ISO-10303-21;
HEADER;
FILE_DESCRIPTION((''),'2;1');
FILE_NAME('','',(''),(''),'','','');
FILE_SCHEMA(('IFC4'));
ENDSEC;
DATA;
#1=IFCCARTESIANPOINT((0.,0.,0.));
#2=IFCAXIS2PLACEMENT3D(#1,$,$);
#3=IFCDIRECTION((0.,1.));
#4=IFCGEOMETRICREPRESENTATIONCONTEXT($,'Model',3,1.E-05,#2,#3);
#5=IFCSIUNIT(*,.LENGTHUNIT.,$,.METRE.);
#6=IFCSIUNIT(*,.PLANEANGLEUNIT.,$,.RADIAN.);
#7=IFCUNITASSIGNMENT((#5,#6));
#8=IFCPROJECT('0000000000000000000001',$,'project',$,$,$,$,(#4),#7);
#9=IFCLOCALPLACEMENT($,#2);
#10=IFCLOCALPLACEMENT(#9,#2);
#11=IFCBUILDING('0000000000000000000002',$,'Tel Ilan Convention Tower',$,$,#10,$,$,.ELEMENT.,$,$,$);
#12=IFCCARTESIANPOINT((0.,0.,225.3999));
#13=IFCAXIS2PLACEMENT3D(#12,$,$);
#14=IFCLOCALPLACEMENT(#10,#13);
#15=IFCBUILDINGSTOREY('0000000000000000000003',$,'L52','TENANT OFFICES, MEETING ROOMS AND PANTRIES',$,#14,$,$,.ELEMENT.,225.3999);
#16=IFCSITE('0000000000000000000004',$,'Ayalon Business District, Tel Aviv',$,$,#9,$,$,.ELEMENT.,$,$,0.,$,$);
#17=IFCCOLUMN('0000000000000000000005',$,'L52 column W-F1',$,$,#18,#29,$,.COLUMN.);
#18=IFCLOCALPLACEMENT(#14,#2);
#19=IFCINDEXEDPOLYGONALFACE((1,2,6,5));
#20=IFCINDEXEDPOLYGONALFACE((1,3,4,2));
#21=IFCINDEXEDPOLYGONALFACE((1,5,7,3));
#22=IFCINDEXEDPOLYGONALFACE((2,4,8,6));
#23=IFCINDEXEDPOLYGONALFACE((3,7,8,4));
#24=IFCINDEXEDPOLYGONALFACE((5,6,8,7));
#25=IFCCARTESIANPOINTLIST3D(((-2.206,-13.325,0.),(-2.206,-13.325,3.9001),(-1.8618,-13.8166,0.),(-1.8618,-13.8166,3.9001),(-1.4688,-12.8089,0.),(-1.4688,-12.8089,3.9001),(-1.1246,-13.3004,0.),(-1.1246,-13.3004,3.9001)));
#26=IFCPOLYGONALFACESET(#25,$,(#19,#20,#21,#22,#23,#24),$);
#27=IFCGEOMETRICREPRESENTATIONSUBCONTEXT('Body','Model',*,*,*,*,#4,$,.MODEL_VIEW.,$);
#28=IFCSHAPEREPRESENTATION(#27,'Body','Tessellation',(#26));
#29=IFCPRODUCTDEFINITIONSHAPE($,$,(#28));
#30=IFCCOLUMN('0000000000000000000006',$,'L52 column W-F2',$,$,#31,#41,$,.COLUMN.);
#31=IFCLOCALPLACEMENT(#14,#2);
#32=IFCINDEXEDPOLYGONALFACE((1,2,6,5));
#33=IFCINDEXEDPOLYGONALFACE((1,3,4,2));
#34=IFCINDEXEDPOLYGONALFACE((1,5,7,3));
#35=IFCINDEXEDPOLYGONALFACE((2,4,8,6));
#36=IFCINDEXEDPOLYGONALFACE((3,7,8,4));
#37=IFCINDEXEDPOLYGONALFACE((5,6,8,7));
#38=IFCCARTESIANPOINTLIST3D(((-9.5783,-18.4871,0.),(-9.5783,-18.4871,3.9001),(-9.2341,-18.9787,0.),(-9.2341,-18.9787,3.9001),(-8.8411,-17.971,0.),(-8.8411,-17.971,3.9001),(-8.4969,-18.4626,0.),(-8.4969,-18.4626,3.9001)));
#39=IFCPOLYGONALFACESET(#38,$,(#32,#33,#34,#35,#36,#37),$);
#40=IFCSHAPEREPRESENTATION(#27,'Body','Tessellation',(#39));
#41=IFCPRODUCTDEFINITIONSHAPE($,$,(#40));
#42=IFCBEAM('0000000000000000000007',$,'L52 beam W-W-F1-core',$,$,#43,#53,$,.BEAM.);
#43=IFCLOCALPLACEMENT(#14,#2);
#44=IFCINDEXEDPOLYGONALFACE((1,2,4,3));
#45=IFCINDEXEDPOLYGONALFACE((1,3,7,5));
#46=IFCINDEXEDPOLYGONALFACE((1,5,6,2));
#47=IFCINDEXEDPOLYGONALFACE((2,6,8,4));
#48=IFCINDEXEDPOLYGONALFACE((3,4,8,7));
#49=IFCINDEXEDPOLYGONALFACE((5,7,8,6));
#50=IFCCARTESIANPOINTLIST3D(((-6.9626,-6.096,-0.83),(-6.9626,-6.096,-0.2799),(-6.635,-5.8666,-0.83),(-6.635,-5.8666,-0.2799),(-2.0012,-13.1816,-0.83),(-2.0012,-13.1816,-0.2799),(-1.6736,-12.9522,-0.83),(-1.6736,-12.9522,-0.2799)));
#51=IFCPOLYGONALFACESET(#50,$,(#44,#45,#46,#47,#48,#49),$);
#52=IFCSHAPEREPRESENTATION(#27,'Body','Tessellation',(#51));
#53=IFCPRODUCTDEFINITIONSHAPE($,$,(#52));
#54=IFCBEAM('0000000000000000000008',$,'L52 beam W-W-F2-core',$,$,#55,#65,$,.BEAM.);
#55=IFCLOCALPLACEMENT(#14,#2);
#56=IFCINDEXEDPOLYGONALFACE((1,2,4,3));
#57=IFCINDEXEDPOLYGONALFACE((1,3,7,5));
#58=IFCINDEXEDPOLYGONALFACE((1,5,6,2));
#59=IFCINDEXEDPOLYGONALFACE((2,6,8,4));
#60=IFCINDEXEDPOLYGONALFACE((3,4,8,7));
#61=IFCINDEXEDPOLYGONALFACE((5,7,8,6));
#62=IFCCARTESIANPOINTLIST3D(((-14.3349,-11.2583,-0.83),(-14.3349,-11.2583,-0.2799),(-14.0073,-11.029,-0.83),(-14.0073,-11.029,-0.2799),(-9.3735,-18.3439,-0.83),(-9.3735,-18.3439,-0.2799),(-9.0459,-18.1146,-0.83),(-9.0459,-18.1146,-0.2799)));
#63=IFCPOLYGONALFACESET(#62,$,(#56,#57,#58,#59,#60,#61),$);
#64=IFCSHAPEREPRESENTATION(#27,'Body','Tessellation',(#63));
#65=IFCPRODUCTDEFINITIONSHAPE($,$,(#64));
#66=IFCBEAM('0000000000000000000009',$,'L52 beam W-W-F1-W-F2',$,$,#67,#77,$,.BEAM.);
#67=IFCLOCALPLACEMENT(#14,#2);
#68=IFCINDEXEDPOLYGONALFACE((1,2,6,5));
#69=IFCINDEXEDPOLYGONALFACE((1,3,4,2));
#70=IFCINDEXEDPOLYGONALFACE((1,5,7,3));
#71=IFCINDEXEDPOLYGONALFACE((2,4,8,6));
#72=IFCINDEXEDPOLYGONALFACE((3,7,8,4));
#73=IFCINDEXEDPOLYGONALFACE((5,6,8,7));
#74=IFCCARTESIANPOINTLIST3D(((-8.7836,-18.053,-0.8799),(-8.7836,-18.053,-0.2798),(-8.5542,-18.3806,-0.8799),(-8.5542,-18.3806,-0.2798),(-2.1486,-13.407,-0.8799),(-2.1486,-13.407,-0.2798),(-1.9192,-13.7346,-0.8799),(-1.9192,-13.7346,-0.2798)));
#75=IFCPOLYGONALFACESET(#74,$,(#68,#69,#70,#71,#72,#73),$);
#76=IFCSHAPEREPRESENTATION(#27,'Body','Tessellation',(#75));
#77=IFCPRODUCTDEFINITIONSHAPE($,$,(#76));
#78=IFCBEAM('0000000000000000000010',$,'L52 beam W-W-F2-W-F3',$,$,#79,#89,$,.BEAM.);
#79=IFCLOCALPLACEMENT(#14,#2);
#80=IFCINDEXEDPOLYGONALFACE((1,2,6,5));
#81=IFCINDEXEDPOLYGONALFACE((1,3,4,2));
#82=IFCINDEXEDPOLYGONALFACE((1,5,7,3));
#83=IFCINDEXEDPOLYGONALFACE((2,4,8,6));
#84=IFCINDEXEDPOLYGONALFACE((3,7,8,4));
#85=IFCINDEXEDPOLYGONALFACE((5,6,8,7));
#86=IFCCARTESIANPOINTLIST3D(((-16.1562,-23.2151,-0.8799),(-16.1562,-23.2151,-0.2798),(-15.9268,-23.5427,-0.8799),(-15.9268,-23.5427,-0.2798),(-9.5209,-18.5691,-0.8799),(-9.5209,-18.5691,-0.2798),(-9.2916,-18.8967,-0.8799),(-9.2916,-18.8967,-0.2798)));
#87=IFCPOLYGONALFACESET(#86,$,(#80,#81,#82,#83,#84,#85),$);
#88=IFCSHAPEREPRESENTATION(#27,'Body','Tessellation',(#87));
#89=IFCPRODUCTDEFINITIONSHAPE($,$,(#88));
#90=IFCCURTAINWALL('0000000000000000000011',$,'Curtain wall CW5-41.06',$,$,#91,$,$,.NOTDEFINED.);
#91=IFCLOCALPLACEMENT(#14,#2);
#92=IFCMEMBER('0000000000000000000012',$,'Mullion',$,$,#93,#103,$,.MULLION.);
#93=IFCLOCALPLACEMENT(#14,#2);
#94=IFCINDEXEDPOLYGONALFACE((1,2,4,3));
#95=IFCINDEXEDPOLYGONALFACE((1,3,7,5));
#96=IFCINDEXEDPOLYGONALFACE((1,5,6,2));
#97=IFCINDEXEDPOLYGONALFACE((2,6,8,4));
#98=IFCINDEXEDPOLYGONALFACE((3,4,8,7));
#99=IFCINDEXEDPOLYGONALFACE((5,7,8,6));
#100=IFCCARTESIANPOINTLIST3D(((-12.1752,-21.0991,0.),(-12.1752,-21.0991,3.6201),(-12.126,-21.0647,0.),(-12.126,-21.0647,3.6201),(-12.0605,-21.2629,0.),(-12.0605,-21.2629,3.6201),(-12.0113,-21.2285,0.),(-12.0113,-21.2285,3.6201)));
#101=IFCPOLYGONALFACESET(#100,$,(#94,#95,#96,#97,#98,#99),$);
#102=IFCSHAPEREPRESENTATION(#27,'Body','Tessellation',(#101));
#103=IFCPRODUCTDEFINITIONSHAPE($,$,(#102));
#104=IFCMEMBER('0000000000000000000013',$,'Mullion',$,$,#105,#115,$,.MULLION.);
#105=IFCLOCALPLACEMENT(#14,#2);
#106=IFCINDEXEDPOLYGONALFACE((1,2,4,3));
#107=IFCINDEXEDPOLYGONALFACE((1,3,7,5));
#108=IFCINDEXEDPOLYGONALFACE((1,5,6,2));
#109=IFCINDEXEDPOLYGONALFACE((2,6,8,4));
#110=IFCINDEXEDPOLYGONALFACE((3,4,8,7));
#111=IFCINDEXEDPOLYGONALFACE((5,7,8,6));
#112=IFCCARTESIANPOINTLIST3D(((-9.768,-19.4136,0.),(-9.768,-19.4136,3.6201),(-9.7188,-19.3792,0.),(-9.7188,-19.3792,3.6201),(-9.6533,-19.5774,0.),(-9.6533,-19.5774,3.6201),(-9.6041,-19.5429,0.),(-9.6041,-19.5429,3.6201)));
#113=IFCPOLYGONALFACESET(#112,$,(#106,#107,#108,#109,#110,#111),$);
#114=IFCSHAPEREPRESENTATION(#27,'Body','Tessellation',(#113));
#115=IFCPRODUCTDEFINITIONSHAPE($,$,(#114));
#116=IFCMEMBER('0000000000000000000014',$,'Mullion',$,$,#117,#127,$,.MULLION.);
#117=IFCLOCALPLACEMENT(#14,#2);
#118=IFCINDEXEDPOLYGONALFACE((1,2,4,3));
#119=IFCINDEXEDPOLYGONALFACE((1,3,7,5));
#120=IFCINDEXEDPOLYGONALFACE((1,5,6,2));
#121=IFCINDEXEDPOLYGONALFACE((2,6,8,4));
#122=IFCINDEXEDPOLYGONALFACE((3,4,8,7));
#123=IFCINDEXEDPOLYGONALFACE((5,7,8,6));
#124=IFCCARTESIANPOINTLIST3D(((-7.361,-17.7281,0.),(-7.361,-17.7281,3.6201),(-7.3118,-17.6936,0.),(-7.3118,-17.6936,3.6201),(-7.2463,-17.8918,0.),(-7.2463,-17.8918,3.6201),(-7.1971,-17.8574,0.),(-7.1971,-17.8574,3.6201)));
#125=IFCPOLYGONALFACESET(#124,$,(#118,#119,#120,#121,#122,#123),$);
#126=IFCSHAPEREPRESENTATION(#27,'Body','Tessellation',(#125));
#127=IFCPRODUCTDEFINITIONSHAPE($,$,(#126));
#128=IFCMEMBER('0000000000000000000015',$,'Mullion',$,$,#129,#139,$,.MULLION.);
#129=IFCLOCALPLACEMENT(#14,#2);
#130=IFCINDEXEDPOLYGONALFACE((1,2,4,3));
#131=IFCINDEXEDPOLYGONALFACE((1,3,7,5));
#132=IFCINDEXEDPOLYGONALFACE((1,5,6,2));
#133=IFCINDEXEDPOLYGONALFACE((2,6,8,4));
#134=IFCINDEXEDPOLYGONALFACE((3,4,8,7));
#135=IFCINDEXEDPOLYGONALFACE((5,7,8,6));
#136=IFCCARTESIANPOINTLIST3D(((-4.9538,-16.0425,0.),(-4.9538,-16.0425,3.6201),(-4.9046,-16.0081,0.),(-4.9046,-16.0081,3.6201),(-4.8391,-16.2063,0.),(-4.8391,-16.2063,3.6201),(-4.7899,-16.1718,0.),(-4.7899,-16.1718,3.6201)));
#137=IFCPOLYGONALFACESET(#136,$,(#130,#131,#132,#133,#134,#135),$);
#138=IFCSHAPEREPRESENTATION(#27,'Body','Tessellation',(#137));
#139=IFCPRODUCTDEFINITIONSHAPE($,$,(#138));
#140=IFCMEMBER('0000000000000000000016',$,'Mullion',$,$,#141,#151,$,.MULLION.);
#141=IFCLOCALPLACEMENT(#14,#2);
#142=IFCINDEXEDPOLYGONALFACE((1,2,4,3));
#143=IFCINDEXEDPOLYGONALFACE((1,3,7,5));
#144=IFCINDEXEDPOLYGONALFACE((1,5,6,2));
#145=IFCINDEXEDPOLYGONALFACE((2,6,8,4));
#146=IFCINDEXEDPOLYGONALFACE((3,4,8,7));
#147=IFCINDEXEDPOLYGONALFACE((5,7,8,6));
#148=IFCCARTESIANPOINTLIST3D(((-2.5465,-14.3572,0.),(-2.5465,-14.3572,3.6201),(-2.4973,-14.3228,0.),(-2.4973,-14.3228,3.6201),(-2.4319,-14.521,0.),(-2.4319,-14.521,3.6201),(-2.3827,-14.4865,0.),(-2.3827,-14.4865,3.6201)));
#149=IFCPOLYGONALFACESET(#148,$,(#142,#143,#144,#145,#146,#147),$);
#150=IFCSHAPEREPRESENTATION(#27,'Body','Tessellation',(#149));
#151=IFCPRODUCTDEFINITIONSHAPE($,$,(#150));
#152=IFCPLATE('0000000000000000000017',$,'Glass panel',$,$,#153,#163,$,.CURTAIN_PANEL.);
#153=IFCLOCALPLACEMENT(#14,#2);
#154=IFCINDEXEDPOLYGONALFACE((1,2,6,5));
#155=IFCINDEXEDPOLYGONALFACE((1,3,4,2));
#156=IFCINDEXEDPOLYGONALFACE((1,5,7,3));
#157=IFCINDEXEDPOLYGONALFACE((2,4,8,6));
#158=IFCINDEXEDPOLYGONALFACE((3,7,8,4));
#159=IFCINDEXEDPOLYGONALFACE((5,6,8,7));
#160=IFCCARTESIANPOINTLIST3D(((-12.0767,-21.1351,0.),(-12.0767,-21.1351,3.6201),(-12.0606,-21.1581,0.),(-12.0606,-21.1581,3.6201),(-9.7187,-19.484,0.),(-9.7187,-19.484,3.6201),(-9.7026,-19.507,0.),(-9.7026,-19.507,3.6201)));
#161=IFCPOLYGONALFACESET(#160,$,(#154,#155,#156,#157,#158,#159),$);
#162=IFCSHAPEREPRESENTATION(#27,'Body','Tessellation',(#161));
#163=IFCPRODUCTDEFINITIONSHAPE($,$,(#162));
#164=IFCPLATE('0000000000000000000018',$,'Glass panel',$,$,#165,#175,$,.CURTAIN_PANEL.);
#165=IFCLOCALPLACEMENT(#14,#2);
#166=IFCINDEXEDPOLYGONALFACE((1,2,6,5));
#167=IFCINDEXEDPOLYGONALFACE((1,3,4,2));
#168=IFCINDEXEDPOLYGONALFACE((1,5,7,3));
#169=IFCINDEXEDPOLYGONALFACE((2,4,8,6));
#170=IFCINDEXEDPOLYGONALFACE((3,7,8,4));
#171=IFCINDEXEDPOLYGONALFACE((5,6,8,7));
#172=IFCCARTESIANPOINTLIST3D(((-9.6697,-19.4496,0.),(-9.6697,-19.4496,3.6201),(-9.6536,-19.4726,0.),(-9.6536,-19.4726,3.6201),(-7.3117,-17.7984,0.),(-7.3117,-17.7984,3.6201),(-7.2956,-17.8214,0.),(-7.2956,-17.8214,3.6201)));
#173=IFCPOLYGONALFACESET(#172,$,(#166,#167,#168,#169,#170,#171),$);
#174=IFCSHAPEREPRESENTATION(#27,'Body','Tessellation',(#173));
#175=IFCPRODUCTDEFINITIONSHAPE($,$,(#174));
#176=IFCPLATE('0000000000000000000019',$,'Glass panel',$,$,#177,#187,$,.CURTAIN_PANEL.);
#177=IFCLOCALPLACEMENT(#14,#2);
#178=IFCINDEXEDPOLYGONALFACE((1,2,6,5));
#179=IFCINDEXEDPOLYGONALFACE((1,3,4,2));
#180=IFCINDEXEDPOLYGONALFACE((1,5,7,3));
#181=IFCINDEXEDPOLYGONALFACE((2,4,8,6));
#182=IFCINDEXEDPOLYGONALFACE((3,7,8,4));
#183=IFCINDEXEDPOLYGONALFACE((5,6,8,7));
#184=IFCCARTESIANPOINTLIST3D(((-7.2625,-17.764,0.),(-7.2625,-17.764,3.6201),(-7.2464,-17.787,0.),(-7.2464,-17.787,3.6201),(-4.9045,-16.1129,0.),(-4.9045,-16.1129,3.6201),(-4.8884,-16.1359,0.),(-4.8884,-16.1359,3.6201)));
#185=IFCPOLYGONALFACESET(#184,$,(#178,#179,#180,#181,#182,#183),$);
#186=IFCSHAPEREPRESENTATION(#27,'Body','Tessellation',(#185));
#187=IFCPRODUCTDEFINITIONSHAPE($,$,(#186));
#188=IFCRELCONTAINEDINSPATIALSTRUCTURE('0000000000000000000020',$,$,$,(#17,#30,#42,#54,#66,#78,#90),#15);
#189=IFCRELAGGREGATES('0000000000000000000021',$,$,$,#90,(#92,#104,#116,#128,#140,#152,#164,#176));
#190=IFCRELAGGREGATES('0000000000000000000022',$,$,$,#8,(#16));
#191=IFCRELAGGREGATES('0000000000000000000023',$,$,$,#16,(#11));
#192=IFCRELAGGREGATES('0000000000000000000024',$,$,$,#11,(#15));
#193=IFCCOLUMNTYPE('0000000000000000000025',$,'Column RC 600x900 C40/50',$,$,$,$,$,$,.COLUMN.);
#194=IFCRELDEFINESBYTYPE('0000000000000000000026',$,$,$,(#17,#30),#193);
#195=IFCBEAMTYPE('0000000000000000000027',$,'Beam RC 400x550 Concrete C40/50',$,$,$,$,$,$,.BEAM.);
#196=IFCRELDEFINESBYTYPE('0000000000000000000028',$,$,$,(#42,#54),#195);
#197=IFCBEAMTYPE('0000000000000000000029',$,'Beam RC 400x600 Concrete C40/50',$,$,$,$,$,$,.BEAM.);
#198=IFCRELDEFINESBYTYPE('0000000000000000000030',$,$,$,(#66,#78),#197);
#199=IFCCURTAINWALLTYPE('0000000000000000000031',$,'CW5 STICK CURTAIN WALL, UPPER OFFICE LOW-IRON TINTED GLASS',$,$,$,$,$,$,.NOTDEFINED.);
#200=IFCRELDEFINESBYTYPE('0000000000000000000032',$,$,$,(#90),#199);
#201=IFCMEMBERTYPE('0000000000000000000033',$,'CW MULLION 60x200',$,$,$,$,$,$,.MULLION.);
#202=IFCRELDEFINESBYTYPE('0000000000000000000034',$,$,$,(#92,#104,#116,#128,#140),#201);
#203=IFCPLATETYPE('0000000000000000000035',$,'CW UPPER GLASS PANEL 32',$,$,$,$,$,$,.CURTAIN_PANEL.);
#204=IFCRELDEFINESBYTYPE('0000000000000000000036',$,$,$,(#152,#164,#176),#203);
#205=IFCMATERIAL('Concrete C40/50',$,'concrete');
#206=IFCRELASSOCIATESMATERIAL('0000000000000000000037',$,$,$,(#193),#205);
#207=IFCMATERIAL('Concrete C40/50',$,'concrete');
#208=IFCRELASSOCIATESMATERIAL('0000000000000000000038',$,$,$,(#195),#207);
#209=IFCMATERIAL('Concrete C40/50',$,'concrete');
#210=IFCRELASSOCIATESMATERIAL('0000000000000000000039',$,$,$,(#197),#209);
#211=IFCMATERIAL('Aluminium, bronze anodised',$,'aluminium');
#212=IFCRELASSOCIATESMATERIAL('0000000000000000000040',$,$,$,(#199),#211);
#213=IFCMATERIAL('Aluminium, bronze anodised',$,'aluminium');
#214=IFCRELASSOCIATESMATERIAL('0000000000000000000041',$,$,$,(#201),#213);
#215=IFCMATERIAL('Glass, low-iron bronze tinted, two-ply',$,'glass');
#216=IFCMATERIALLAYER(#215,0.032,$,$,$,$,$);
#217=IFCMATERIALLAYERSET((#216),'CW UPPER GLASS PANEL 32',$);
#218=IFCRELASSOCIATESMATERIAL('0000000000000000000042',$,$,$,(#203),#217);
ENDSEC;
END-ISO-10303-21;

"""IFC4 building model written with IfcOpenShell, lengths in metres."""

from ifc_helpers import new_model, si_unit, direction, frame, origin, origin_2d, place, context, subcontext, project, spatial, rectangle, extrude, material, layer, layer_set, material_profile, profile_set, type_object, element, aggregate, save


model = new_model("IFC4")

# Units and contexts
model_context = context("Model", 3, precision=1e-05, world=origin(), true_north=direction((0.0, 1.0)))
body_context = subcontext(model_context, "Body", "Model", "MODEL_VIEW")
ifc_project = project(units=[si_unit("LENGTHUNIT", "METRE"), si_unit("PLANEANGLEUNIT", "RADIAN")], contexts=[model_context])

# Site, building, storey
site_placement = place(None, origin())
site = spatial("IfcSite", under=ifc_project, at=site_placement, Name="Ayalon Business District, Tel Aviv", CompositionType="ELEMENT", RefElevation=0.0)
building_placement = place(site_placement, origin())
building = spatial("IfcBuilding", under=site, at=building_placement, Name="Tel Ilan Convention Tower", CompositionType="ELEMENT")
storey_placement = place(building_placement, frame((0.0, 0.0, 225.3999)))
storey = spatial("IfcBuildingStorey", under=building, at=storey_placement, Name="L52", Description="TENANT OFFICES, MEETING ROOMS AND PANTRIES", CompositionType="ELEMENT", Elevation=225.3999)

# Columns
ifc_material_1 = material(Name="Concrete C40/50", Category="concrete")
ifc_material_profile_1 = material_profile(ifc_material_1, rectangle(XDim=0.8999, YDim=0.6001, at=origin_2d()), Name="RC 600x900")
ifc_profile_set_1 = profile_set([ifc_material_profile_1], Name="Concrete C40/50")
column_type = type_object("IfcColumnType", Name="Column RC 600x900 C40/50", PredefinedType="COLUMN", material=ifc_profile_set_1)
for number, where, z_axis, x_axis, name in (
    (1, (-1.6653, -13.3127, 0.0), (0.0, 0.0, 1.0), (-0.819152, -0.573576, 0.0), "L52 column W-F1"),
    (2, (-9.0376, -18.4749, 0.0), (0.0, 0.0, 1.0), (-0.819152, -0.573576, 0.0), "L52 column W-F2"),
):
    element("IfcColumn", number, at=place(storey_placement, frame(where, z_axis=z_axis, x_axis=x_axis)), inside=storey, type_object=column_type, Name=name, PredefinedType="COLUMN", context=body_context, shape_type="SweptSolid", body=[
        extrude(rectangle(XDim=0.8999, YDim=0.6001, at=origin_2d()), origin(), (0.0, 0.0, 1.0), 3.9001),
    ])

# Beams
ifc_material_2 = material(Name="Concrete C40/50", Category="concrete")
ifc_material_profile_2 = material_profile(ifc_material_2, rectangle(XDim=0.3999, YDim=0.55, at=origin_2d()), Name="RC 400x550")
ifc_profile_set_2 = profile_set([ifc_material_profile_2], Name="Concrete C40/50")
beam_type_1 = type_object("IfcBeamType", Name="Beam RC 400x550 Concrete C40/50", PredefinedType="BEAM", material=ifc_profile_set_2)
for number, where, z_axis, x_axis, name in (
    (3, (-1.8374, -13.0669, -0.5549), (-0.573574, 0.819154, 0.0), (-0.819154, -0.573574, 0.0), "L52 beam W-W-F1-core"),
    (4, (-9.2097, -18.2292, -0.5549), (-0.573574, 0.819154, 0.0), (-0.819154, -0.573574, 0.0), "L52 beam W-W-F2-core"),
):
    element("IfcBeam", number, at=place(storey_placement, frame(where, z_axis=z_axis, x_axis=x_axis)), inside=storey, type_object=beam_type_1, Name=name, PredefinedType="BEAM", context=body_context, shape_type="SweptSolid", body=[
        extrude(rectangle(XDim=0.3999, YDim=0.55, at=origin_2d()), origin(), (0.0, 0.0, 1.0), 8.6499),
    ])
ifc_material_3 = material(Name="Concrete C40/50", Category="concrete")
ifc_material_profile_3 = material_profile(ifc_material_3, rectangle(XDim=0.3999, YDim=0.6001, at=origin_2d()), Name="RC 400x600")
ifc_profile_set_3 = profile_set([ifc_material_profile_3], Name="Concrete C40/50")
beam_type_2 = type_object("IfcBeamType", Name="Beam RC 400x600 Concrete C40/50", PredefinedType="BEAM", material=ifc_profile_set_3)
beam_1_placement = place(storey_placement, frame((-2.0339, -13.5708, -0.5798), z_axis=(-0.819146, -0.573586, 0.0), x_axis=(0.573586, -0.819146, 0.0)))
element("IfcBeam", 5, at=beam_1_placement, inside=storey, type_object=beam_type_2, Name="L52 beam W-W-F1-W-F2", PredefinedType="BEAM", context=body_context, shape_type="SweptSolid", body=[
    extrude(rectangle(XDim=0.3999, YDim=0.6001, at=origin_2d()), origin(), (0.0, 0.0, 1.0), 8.0999),
])
beam_2_placement = place(storey_placement, frame((-9.4062, -18.7329, -0.5798), z_axis=(-0.819155, -0.573572, 0.0), x_axis=(0.573572, -0.819155, 0.0)))
element("IfcBeam", 6, at=beam_2_placement, inside=storey, type_object=beam_type_2, Name="L52 beam W-W-F2-W-F3", PredefinedType="BEAM", context=body_context, shape_type="SweptSolid", body=[
    extrude(rectangle(XDim=0.3999, YDim=0.6001, at=origin_2d()), origin(), (0.0, 0.0, 1.0), 8.1001),
])

# Curtain wall, members, plates
ifc_material_4 = material(Name="Aluminium, bronze anodised", Category="aluminium")
curtain_wall_type = type_object("IfcCurtainWallType", Name="CW5 STICK CURTAIN WALL, UPPER OFFICE LOW-IRON TINTED GLASS", PredefinedType="NOTDEFINED", material=ifc_material_4)
curtain_wall_placement = place(storey_placement, origin())
curtain_wall = element("IfcCurtainWall", 7, at=curtain_wall_placement, inside=storey, type_object=curtain_wall_type, Name="Curtain wall CW5-41.06", PredefinedType="NOTDEFINED")
ifc_material_5 = material(Name="Aluminium, bronze anodised", Category="aluminium")
ifc_material_profile_4 = material_profile(ifc_material_5, rectangle(XDim=0.0601, YDim=0.2, at=origin_2d()), Name="CW MULLION 60x200")
ifc_profile_set_4 = profile_set([ifc_material_profile_4], Name="Aluminium, bronze anodised")
member_type = type_object("IfcMemberType", Name="CW MULLION 60x200", PredefinedType="MULLION", material=ifc_profile_set_4)
member_1_placement = place(storey_placement, frame((-12.0933, -21.1638, 0.0), z_axis=(0.0, 0.0, 1.0), x_axis=(0.819152, 0.573576, 0.0)))
member_1 = element("IfcMember", 8, at=member_1_placement, type_object=member_type, Name="Mullion", PredefinedType="MULLION", context=body_context, shape_type="SweptSolid", body=[
    extrude(rectangle(XDim=0.0601, YDim=0.2, at=origin_2d()), origin(), (0.0, 0.0, 1.0), 3.6201),
])
member_2_placement = place(storey_placement, frame((-9.686, -19.4783, 0.0), z_axis=(0.0, 0.0, 1.0), x_axis=(0.819152, 0.573576, 0.0)))
member_2 = element("IfcMember", 9, at=member_2_placement, type_object=member_type, Name="Mullion", PredefinedType="MULLION", context=body_context, shape_type="SweptSolid", body=[
    extrude(rectangle(XDim=0.0601, YDim=0.2, at=origin_2d()), origin(), (0.0, 0.0, 1.0), 3.6201),
])
member_3_placement = place(storey_placement, frame((-7.2791, -17.7927, 0.0), z_axis=(0.0, 0.0, 1.0), x_axis=(0.819152, 0.573576, 0.0)))
member_3 = element("IfcMember", 10, at=member_3_placement, type_object=member_type, Name="Mullion", PredefinedType="MULLION", context=body_context, shape_type="SweptSolid", body=[
    extrude(rectangle(XDim=0.0601, YDim=0.2, at=origin_2d()), origin(), (0.0, 0.0, 1.0), 3.6201),
])
member_4_placement = place(storey_placement, frame((-4.8718, -16.1072, 0.0), z_axis=(0.0, 0.0, 1.0), x_axis=(0.819152, 0.573576, 0.0)))
member_4 = element("IfcMember", 11, at=member_4_placement, type_object=member_type, Name="Mullion", PredefinedType="MULLION", context=body_context, shape_type="SweptSolid", body=[
    extrude(rectangle(XDim=0.0601, YDim=0.2, at=origin_2d()), origin(), (0.0, 0.0, 1.0), 3.6201),
])
member_5_placement = place(storey_placement, frame((-2.4646, -14.4219, 0.0), z_axis=(0.0, 0.0, 1.0), x_axis=(0.819152, 0.573576, 0.0)))
member_5 = element("IfcMember", 12, at=member_5_placement, type_object=member_type, Name="Mullion", PredefinedType="MULLION", context=body_context, shape_type="SweptSolid", body=[
    extrude(rectangle(XDim=0.0601, YDim=0.2, at=origin_2d()), origin(), (0.0, 0.0, 1.0), 3.6201),
])
ifc_material_6 = material(Name="Glass, low-iron bronze tinted, two-ply", Category="glass")
ifc_layer_1 = layer(ifc_material_6, 0.032)
ifc_layer_set_1 = layer_set([ifc_layer_1], Name="CW UPPER GLASS PANEL 32")
plate_type = type_object("IfcPlateType", Name="CW UPPER GLASS PANEL 32", PredefinedType="CURTAIN_PANEL", material=ifc_layer_set_1)
plate_1_placement = place(storey_placement, frame((-10.8896, -20.321, 0.0), z_axis=(0.0, 0.0, 1.0), x_axis=(0.819152, 0.573576, 0.0)))
plate_1 = element("IfcPlate", 13, at=plate_1_placement, type_object=plate_type, Name="Glass panel", PredefinedType="CURTAIN_PANEL", context=body_context, shape_type="SweptSolid", body=[
    extrude(rectangle(XDim=2.8787, YDim=0.0281, at=origin_2d()), origin(), (0.0, 0.0, 1.0), 3.6201),
])
plate_2_placement = place(storey_placement, frame((-8.4827, -18.6355, 0.0), z_axis=(0.0, 0.0, 1.0), x_axis=(0.819152, 0.573576, 0.0)))
plate_2 = element("IfcPlate", 14, at=plate_2_placement, type_object=plate_type, Name="Glass panel", PredefinedType="CURTAIN_PANEL", context=body_context, shape_type="SweptSolid", body=[
    extrude(rectangle(XDim=2.8787, YDim=0.0281, at=origin_2d()), origin(), (0.0, 0.0, 1.0), 3.6201),
])
plate_3_placement = place(storey_placement, frame((-6.0754, -16.95, 0.0), z_axis=(0.0, 0.0, 1.0), x_axis=(0.819152, 0.573576, 0.0)))
plate_3 = element("IfcPlate", 15, at=plate_3_placement, type_object=plate_type, Name="Glass panel", PredefinedType="CURTAIN_PANEL", context=body_context, shape_type="SweptSolid", body=[
    extrude(rectangle(XDim=2.8787, YDim=0.0281, at=origin_2d()), origin(), (0.0, 0.0, 1.0), 3.6201),
])
aggregate(curtain_wall, [member_1, member_2, member_3, member_4, member_5, plate_1, plate_2, plate_3])

save(model, "model.ifc")
